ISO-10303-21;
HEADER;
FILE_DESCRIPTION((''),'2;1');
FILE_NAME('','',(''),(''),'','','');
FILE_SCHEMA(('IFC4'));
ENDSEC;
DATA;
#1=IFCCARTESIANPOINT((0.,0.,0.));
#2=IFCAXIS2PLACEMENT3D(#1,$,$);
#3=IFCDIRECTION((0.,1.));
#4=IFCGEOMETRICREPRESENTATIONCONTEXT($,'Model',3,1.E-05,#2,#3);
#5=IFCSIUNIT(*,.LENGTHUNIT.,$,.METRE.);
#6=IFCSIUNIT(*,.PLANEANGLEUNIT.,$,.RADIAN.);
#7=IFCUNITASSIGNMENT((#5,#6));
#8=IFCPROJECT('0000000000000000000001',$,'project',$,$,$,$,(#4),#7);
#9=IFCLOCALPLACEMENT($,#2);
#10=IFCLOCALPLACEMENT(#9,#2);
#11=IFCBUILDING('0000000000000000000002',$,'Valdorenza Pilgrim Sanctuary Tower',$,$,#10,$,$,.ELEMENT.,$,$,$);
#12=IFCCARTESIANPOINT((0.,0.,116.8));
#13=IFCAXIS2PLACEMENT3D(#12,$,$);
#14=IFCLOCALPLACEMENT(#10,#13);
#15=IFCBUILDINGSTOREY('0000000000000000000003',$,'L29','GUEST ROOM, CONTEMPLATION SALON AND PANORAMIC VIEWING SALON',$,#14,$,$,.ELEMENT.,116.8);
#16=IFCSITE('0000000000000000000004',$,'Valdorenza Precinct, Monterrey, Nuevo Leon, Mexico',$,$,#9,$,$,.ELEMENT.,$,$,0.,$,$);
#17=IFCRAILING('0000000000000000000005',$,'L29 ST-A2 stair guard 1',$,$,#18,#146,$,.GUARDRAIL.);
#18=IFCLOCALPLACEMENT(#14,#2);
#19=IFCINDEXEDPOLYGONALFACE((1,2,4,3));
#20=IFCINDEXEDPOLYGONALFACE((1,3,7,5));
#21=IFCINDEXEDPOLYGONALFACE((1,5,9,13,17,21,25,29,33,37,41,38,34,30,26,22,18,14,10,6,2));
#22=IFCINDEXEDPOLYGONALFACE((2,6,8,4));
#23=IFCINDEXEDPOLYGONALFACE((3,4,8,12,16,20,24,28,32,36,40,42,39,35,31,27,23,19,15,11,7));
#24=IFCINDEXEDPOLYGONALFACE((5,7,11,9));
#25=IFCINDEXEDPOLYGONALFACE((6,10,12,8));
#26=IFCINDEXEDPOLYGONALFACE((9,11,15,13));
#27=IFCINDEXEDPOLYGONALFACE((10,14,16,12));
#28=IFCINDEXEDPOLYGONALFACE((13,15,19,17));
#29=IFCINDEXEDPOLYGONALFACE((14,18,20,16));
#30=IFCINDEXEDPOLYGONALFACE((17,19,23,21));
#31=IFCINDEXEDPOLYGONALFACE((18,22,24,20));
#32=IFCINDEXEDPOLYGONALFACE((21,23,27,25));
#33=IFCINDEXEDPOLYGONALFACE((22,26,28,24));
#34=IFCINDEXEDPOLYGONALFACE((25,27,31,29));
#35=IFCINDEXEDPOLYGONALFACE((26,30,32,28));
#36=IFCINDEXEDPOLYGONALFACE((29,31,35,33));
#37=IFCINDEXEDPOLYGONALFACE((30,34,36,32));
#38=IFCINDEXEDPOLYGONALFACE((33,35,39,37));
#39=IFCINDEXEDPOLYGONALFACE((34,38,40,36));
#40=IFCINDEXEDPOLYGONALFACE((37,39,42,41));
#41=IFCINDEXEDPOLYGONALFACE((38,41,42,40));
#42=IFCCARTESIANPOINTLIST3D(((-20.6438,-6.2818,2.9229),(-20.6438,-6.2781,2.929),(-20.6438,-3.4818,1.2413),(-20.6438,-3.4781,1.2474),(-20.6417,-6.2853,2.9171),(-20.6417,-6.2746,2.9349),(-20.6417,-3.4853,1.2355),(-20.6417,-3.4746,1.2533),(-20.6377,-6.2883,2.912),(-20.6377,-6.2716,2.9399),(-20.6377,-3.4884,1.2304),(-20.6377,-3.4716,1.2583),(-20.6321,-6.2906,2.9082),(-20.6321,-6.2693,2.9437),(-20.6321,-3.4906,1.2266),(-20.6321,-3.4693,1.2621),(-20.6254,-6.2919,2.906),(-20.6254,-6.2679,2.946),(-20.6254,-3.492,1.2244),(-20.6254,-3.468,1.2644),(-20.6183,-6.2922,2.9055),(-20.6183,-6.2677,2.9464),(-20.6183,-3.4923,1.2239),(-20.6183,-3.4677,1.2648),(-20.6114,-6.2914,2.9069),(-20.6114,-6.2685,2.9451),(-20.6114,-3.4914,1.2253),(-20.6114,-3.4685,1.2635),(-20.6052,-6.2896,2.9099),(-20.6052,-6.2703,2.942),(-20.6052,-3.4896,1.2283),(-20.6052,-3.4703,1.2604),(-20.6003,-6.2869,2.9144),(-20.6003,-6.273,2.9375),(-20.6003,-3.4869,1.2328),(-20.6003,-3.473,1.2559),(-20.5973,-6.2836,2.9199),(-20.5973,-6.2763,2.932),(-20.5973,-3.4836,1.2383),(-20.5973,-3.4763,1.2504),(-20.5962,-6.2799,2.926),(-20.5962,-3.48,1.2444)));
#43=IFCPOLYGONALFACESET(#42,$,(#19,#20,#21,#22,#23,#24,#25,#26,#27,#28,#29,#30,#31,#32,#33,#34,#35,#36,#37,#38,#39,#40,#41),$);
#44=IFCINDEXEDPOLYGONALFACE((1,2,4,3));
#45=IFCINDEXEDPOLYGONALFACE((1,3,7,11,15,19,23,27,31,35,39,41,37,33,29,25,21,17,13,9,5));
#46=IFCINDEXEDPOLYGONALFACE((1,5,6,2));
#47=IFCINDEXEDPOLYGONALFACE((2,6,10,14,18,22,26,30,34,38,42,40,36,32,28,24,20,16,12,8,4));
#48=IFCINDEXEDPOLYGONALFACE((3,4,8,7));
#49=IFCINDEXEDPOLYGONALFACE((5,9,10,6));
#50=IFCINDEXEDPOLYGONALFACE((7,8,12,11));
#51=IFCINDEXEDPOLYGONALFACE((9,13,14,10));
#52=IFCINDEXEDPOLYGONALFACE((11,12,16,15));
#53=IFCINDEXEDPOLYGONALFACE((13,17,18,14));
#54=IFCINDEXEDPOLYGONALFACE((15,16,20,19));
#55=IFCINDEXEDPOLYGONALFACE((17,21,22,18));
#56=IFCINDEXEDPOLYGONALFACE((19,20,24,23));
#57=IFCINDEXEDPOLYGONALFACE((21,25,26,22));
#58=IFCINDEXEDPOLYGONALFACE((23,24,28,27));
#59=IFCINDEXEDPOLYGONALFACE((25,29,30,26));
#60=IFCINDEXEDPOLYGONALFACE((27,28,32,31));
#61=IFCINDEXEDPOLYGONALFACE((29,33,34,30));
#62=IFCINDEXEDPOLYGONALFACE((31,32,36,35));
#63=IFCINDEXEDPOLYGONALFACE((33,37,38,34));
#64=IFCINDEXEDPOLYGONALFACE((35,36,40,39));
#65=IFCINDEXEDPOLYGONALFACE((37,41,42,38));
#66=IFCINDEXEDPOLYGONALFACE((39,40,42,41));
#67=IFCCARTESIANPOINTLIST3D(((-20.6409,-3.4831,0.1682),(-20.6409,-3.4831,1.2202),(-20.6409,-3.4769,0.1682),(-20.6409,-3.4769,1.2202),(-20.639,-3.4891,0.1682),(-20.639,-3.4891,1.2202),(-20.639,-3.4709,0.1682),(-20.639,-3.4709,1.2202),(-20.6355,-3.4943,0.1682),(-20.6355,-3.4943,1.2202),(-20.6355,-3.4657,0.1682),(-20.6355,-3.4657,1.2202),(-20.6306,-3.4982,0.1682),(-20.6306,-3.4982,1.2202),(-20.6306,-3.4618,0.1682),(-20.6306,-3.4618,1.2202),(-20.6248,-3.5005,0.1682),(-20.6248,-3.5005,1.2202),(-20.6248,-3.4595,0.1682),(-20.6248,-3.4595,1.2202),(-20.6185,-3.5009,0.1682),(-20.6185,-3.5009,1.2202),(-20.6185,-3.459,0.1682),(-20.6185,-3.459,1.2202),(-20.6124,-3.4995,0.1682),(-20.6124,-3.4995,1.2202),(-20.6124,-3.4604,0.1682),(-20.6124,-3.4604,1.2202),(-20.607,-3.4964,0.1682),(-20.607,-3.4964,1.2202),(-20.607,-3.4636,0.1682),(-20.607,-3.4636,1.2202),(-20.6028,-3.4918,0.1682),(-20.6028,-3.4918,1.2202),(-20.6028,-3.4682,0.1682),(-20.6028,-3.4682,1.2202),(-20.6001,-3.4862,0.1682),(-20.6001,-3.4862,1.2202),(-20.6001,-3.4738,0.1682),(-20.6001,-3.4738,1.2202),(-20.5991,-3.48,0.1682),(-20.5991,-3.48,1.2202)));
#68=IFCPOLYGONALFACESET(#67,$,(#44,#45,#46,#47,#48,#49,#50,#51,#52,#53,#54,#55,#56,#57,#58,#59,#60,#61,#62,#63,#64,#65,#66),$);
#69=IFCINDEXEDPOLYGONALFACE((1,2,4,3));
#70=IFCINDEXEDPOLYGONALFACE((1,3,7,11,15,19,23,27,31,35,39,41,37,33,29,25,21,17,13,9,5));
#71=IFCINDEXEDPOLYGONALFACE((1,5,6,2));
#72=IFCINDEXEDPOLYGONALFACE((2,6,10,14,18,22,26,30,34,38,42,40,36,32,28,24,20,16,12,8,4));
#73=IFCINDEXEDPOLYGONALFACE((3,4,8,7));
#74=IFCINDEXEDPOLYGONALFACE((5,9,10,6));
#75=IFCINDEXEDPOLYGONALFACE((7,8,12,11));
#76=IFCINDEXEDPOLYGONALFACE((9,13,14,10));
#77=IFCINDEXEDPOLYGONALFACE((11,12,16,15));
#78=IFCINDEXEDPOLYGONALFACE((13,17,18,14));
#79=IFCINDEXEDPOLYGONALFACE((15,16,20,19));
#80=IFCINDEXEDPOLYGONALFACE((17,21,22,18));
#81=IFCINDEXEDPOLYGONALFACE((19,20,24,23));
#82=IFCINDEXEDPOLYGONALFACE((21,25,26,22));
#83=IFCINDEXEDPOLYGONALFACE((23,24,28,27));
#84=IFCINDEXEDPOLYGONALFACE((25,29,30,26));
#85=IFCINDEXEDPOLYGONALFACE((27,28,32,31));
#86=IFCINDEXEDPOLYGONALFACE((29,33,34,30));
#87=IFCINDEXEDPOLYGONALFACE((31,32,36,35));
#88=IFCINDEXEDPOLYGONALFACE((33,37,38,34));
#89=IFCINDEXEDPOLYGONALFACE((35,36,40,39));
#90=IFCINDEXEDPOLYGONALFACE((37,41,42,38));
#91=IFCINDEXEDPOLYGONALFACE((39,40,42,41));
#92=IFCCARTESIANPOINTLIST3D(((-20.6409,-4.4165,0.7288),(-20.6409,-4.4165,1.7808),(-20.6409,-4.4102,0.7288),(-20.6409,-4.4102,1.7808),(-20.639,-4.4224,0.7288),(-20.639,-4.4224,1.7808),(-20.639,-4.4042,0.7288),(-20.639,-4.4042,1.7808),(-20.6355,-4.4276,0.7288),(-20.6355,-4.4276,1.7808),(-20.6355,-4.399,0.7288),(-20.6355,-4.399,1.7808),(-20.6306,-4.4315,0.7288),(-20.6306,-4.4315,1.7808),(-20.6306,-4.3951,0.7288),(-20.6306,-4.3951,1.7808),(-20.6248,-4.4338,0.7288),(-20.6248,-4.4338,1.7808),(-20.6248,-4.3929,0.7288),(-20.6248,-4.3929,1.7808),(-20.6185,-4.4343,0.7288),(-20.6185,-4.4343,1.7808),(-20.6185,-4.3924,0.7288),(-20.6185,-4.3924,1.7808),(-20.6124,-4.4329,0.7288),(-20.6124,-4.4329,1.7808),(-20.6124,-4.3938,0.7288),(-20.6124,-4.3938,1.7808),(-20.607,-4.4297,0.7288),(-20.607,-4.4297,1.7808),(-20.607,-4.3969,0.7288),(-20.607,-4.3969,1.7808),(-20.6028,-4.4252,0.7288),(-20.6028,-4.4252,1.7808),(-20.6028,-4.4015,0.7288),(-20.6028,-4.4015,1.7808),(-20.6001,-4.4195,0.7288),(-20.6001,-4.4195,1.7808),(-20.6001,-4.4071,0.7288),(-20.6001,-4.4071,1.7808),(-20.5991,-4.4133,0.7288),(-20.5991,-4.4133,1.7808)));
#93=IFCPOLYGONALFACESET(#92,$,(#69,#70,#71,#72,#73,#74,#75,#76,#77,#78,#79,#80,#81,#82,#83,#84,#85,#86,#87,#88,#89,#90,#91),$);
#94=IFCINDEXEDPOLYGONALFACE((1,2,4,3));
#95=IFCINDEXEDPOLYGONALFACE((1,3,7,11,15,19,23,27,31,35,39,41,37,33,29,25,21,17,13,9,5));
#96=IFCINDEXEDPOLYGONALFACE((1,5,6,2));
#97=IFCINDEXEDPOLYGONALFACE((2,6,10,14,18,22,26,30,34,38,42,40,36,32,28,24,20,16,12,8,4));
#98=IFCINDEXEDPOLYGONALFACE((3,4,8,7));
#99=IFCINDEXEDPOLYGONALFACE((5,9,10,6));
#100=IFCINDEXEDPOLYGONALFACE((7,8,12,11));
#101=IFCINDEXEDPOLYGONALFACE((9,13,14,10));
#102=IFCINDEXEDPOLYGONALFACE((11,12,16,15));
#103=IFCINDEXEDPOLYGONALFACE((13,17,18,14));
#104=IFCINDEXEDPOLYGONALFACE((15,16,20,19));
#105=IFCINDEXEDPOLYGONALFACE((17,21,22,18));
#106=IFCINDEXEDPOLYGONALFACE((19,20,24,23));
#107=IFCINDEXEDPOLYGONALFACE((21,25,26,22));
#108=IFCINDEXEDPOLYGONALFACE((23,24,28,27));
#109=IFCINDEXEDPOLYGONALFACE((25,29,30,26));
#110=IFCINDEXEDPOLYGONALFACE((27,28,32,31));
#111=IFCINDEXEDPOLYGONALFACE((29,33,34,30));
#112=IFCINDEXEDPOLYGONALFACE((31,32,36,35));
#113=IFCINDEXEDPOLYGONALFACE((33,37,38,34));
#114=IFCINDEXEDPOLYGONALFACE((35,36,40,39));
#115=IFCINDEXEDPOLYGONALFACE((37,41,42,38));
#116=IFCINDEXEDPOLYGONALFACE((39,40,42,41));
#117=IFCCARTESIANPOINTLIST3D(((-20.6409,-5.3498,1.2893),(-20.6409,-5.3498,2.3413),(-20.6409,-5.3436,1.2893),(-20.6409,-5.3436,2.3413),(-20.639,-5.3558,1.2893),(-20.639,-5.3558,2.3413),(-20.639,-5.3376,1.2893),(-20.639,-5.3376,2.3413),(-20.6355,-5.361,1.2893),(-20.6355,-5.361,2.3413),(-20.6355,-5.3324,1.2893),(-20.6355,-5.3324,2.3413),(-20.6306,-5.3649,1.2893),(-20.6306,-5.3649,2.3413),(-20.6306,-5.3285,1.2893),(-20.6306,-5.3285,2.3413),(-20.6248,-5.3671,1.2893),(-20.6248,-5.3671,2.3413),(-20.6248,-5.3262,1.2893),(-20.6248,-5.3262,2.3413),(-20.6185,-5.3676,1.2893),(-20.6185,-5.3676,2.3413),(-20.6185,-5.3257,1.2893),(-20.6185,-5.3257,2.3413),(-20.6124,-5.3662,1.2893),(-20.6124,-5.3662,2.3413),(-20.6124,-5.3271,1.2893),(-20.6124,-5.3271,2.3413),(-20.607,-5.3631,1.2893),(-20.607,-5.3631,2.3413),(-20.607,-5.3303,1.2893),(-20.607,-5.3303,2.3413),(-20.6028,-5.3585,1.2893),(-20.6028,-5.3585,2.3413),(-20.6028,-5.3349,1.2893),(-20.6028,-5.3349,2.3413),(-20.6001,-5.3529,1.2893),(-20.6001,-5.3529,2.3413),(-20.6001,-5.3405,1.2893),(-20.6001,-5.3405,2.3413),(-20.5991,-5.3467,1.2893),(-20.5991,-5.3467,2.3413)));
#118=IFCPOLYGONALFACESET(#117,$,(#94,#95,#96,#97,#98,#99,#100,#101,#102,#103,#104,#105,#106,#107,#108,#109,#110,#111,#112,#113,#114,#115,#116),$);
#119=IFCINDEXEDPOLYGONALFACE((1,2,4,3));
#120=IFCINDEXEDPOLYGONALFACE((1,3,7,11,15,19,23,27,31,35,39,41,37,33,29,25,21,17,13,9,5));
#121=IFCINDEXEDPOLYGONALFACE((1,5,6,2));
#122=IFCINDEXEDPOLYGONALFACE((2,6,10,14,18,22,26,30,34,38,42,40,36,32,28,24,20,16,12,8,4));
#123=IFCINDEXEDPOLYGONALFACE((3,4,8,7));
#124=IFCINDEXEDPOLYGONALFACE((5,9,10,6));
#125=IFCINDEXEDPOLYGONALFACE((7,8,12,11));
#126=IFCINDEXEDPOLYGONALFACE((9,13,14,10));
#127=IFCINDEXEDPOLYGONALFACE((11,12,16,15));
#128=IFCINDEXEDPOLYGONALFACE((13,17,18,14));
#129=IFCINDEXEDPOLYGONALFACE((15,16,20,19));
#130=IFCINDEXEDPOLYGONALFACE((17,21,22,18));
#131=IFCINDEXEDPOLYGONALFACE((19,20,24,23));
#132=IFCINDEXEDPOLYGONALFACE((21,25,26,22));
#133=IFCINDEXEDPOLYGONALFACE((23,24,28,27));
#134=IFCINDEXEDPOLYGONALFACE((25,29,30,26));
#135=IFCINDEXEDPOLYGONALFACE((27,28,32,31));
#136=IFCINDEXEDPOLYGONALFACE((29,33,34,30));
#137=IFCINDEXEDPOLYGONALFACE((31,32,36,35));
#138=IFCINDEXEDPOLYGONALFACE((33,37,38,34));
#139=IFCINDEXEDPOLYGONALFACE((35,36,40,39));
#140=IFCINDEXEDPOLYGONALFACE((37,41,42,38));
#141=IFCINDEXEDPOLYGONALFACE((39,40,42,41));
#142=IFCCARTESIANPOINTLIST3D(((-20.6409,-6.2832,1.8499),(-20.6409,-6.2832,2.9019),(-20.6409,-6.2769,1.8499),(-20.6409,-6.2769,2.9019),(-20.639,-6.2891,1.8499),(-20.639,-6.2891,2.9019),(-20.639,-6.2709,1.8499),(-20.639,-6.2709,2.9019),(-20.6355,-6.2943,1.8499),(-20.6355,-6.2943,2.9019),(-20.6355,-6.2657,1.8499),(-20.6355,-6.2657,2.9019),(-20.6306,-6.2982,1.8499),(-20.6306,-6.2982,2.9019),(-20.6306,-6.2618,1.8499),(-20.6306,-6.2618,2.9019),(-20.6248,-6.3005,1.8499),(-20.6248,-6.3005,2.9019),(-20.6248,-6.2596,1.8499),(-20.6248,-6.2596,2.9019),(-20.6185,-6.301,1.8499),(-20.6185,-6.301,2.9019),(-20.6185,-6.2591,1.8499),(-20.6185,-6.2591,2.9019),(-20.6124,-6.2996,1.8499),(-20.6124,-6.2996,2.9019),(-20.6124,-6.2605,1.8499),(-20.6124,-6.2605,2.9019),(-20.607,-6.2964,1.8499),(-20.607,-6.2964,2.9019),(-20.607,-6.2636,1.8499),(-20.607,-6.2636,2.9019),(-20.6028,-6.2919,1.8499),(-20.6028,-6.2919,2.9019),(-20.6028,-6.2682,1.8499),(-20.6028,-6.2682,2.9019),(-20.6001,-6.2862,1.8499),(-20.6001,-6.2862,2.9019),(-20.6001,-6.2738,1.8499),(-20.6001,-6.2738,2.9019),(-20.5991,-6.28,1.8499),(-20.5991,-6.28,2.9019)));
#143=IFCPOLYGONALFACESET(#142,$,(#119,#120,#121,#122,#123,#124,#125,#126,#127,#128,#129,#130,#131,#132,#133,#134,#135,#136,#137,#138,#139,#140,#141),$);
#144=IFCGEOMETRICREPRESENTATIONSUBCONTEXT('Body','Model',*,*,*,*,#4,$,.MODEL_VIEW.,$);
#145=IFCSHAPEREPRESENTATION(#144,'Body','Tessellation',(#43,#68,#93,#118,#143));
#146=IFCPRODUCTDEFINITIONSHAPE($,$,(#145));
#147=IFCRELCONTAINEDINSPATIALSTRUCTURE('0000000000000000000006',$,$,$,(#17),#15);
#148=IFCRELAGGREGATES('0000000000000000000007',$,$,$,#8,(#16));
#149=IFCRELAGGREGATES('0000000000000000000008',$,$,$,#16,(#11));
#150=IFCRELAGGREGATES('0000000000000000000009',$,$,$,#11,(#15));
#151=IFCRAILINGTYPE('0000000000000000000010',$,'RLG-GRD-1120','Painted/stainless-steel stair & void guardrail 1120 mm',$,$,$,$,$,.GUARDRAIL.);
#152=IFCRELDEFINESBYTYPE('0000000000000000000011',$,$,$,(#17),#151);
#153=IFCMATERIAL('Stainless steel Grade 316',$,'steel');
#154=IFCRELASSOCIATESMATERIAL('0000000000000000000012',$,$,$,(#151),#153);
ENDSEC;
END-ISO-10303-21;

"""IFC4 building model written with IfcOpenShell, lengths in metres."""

from ifc_helpers import new_model, si_unit, direction, frame, origin, origin_2d, place, context, subcontext, project, spatial, circle, extrude, material, type_object, element, save


model = new_model("IFC4")

# Units and contexts
model_context = context("Model", 3, precision=1e-05, world=origin(), true_north=direction((0.0, 1.0)))
body_context = subcontext(model_context, "Body", "Model", "MODEL_VIEW")
ifc_project = project(units=[si_unit("LENGTHUNIT", "METRE"), si_unit("PLANEANGLEUNIT", "RADIAN")], contexts=[model_context])

# Site, building, storey
site_placement = place(None, origin())
site = spatial("IfcSite", under=ifc_project, at=site_placement, Name="Valdorenza Precinct, Monterrey, Nuevo Leon, Mexico", CompositionType="ELEMENT", RefElevation=0.0)
building_placement = place(site_placement, origin())
building = spatial("IfcBuilding", under=site, at=building_placement, Name="Valdorenza Pilgrim Sanctuary Tower", CompositionType="ELEMENT")
storey_placement = place(building_placement, frame((0.0, 0.0, 116.8)))
storey = spatial("IfcBuildingStorey", under=building, at=storey_placement, Name="L29", Description="GUEST ROOM, CONTEMPLATION SALON AND PANORAMIC VIEWING SALON", CompositionType="ELEMENT", Elevation=116.8)

# Railing
ifc_material_1 = material(Name="Stainless steel Grade 316", Category="steel")
railing_type_1 = type_object("IfcRailingType", Name="RLG-GRD-1120", Description="Painted/stainless-steel stair & void guardrail 1120 mm", PredefinedType="GUARDRAIL", material=ifc_material_1)
railing_1_placement = place(storey_placement, frame((-20.6201, -3.48, 0.1682)))
element("IfcRailing", 1, at=railing_1_placement, inside=storey, type_object=railing_type_1, Name="L29 ST-A2 stair guard 1", PredefinedType="GUARDRAIL", context=body_context, shape_type="SweptSolid", body=[
    extrude(circle(Radius=0.0239, at=origin_2d()), frame((0.0, 0.0, 1.0762), z_axis=(0.0, -0.857275, 0.514858), x_axis=(1.0, 0.0, 0.0)), (0.0, 0.0, 1.0), 3.2661),
    extrude(circle(Radius=0.021, at=origin_2d()), origin(), (0.0, 0.0, 1.0), 1.052),
    extrude(circle(Radius=0.021, at=origin_2d()), frame((0.0, -0.9333, 0.5605)), (0.0, 0.0, 1.0), 1.052),
    extrude(circle(Radius=0.021, at=origin_2d()), frame((0.0, -1.8667, 1.1211)), (0.0, 0.0, 1.0), 1.052),
    extrude(circle(Radius=0.021, at=origin_2d()), frame((0.0, -2.8, 1.6816)), (0.0, 0.0, 1.0), 1.052),
])

save(model, "model.ifc")
